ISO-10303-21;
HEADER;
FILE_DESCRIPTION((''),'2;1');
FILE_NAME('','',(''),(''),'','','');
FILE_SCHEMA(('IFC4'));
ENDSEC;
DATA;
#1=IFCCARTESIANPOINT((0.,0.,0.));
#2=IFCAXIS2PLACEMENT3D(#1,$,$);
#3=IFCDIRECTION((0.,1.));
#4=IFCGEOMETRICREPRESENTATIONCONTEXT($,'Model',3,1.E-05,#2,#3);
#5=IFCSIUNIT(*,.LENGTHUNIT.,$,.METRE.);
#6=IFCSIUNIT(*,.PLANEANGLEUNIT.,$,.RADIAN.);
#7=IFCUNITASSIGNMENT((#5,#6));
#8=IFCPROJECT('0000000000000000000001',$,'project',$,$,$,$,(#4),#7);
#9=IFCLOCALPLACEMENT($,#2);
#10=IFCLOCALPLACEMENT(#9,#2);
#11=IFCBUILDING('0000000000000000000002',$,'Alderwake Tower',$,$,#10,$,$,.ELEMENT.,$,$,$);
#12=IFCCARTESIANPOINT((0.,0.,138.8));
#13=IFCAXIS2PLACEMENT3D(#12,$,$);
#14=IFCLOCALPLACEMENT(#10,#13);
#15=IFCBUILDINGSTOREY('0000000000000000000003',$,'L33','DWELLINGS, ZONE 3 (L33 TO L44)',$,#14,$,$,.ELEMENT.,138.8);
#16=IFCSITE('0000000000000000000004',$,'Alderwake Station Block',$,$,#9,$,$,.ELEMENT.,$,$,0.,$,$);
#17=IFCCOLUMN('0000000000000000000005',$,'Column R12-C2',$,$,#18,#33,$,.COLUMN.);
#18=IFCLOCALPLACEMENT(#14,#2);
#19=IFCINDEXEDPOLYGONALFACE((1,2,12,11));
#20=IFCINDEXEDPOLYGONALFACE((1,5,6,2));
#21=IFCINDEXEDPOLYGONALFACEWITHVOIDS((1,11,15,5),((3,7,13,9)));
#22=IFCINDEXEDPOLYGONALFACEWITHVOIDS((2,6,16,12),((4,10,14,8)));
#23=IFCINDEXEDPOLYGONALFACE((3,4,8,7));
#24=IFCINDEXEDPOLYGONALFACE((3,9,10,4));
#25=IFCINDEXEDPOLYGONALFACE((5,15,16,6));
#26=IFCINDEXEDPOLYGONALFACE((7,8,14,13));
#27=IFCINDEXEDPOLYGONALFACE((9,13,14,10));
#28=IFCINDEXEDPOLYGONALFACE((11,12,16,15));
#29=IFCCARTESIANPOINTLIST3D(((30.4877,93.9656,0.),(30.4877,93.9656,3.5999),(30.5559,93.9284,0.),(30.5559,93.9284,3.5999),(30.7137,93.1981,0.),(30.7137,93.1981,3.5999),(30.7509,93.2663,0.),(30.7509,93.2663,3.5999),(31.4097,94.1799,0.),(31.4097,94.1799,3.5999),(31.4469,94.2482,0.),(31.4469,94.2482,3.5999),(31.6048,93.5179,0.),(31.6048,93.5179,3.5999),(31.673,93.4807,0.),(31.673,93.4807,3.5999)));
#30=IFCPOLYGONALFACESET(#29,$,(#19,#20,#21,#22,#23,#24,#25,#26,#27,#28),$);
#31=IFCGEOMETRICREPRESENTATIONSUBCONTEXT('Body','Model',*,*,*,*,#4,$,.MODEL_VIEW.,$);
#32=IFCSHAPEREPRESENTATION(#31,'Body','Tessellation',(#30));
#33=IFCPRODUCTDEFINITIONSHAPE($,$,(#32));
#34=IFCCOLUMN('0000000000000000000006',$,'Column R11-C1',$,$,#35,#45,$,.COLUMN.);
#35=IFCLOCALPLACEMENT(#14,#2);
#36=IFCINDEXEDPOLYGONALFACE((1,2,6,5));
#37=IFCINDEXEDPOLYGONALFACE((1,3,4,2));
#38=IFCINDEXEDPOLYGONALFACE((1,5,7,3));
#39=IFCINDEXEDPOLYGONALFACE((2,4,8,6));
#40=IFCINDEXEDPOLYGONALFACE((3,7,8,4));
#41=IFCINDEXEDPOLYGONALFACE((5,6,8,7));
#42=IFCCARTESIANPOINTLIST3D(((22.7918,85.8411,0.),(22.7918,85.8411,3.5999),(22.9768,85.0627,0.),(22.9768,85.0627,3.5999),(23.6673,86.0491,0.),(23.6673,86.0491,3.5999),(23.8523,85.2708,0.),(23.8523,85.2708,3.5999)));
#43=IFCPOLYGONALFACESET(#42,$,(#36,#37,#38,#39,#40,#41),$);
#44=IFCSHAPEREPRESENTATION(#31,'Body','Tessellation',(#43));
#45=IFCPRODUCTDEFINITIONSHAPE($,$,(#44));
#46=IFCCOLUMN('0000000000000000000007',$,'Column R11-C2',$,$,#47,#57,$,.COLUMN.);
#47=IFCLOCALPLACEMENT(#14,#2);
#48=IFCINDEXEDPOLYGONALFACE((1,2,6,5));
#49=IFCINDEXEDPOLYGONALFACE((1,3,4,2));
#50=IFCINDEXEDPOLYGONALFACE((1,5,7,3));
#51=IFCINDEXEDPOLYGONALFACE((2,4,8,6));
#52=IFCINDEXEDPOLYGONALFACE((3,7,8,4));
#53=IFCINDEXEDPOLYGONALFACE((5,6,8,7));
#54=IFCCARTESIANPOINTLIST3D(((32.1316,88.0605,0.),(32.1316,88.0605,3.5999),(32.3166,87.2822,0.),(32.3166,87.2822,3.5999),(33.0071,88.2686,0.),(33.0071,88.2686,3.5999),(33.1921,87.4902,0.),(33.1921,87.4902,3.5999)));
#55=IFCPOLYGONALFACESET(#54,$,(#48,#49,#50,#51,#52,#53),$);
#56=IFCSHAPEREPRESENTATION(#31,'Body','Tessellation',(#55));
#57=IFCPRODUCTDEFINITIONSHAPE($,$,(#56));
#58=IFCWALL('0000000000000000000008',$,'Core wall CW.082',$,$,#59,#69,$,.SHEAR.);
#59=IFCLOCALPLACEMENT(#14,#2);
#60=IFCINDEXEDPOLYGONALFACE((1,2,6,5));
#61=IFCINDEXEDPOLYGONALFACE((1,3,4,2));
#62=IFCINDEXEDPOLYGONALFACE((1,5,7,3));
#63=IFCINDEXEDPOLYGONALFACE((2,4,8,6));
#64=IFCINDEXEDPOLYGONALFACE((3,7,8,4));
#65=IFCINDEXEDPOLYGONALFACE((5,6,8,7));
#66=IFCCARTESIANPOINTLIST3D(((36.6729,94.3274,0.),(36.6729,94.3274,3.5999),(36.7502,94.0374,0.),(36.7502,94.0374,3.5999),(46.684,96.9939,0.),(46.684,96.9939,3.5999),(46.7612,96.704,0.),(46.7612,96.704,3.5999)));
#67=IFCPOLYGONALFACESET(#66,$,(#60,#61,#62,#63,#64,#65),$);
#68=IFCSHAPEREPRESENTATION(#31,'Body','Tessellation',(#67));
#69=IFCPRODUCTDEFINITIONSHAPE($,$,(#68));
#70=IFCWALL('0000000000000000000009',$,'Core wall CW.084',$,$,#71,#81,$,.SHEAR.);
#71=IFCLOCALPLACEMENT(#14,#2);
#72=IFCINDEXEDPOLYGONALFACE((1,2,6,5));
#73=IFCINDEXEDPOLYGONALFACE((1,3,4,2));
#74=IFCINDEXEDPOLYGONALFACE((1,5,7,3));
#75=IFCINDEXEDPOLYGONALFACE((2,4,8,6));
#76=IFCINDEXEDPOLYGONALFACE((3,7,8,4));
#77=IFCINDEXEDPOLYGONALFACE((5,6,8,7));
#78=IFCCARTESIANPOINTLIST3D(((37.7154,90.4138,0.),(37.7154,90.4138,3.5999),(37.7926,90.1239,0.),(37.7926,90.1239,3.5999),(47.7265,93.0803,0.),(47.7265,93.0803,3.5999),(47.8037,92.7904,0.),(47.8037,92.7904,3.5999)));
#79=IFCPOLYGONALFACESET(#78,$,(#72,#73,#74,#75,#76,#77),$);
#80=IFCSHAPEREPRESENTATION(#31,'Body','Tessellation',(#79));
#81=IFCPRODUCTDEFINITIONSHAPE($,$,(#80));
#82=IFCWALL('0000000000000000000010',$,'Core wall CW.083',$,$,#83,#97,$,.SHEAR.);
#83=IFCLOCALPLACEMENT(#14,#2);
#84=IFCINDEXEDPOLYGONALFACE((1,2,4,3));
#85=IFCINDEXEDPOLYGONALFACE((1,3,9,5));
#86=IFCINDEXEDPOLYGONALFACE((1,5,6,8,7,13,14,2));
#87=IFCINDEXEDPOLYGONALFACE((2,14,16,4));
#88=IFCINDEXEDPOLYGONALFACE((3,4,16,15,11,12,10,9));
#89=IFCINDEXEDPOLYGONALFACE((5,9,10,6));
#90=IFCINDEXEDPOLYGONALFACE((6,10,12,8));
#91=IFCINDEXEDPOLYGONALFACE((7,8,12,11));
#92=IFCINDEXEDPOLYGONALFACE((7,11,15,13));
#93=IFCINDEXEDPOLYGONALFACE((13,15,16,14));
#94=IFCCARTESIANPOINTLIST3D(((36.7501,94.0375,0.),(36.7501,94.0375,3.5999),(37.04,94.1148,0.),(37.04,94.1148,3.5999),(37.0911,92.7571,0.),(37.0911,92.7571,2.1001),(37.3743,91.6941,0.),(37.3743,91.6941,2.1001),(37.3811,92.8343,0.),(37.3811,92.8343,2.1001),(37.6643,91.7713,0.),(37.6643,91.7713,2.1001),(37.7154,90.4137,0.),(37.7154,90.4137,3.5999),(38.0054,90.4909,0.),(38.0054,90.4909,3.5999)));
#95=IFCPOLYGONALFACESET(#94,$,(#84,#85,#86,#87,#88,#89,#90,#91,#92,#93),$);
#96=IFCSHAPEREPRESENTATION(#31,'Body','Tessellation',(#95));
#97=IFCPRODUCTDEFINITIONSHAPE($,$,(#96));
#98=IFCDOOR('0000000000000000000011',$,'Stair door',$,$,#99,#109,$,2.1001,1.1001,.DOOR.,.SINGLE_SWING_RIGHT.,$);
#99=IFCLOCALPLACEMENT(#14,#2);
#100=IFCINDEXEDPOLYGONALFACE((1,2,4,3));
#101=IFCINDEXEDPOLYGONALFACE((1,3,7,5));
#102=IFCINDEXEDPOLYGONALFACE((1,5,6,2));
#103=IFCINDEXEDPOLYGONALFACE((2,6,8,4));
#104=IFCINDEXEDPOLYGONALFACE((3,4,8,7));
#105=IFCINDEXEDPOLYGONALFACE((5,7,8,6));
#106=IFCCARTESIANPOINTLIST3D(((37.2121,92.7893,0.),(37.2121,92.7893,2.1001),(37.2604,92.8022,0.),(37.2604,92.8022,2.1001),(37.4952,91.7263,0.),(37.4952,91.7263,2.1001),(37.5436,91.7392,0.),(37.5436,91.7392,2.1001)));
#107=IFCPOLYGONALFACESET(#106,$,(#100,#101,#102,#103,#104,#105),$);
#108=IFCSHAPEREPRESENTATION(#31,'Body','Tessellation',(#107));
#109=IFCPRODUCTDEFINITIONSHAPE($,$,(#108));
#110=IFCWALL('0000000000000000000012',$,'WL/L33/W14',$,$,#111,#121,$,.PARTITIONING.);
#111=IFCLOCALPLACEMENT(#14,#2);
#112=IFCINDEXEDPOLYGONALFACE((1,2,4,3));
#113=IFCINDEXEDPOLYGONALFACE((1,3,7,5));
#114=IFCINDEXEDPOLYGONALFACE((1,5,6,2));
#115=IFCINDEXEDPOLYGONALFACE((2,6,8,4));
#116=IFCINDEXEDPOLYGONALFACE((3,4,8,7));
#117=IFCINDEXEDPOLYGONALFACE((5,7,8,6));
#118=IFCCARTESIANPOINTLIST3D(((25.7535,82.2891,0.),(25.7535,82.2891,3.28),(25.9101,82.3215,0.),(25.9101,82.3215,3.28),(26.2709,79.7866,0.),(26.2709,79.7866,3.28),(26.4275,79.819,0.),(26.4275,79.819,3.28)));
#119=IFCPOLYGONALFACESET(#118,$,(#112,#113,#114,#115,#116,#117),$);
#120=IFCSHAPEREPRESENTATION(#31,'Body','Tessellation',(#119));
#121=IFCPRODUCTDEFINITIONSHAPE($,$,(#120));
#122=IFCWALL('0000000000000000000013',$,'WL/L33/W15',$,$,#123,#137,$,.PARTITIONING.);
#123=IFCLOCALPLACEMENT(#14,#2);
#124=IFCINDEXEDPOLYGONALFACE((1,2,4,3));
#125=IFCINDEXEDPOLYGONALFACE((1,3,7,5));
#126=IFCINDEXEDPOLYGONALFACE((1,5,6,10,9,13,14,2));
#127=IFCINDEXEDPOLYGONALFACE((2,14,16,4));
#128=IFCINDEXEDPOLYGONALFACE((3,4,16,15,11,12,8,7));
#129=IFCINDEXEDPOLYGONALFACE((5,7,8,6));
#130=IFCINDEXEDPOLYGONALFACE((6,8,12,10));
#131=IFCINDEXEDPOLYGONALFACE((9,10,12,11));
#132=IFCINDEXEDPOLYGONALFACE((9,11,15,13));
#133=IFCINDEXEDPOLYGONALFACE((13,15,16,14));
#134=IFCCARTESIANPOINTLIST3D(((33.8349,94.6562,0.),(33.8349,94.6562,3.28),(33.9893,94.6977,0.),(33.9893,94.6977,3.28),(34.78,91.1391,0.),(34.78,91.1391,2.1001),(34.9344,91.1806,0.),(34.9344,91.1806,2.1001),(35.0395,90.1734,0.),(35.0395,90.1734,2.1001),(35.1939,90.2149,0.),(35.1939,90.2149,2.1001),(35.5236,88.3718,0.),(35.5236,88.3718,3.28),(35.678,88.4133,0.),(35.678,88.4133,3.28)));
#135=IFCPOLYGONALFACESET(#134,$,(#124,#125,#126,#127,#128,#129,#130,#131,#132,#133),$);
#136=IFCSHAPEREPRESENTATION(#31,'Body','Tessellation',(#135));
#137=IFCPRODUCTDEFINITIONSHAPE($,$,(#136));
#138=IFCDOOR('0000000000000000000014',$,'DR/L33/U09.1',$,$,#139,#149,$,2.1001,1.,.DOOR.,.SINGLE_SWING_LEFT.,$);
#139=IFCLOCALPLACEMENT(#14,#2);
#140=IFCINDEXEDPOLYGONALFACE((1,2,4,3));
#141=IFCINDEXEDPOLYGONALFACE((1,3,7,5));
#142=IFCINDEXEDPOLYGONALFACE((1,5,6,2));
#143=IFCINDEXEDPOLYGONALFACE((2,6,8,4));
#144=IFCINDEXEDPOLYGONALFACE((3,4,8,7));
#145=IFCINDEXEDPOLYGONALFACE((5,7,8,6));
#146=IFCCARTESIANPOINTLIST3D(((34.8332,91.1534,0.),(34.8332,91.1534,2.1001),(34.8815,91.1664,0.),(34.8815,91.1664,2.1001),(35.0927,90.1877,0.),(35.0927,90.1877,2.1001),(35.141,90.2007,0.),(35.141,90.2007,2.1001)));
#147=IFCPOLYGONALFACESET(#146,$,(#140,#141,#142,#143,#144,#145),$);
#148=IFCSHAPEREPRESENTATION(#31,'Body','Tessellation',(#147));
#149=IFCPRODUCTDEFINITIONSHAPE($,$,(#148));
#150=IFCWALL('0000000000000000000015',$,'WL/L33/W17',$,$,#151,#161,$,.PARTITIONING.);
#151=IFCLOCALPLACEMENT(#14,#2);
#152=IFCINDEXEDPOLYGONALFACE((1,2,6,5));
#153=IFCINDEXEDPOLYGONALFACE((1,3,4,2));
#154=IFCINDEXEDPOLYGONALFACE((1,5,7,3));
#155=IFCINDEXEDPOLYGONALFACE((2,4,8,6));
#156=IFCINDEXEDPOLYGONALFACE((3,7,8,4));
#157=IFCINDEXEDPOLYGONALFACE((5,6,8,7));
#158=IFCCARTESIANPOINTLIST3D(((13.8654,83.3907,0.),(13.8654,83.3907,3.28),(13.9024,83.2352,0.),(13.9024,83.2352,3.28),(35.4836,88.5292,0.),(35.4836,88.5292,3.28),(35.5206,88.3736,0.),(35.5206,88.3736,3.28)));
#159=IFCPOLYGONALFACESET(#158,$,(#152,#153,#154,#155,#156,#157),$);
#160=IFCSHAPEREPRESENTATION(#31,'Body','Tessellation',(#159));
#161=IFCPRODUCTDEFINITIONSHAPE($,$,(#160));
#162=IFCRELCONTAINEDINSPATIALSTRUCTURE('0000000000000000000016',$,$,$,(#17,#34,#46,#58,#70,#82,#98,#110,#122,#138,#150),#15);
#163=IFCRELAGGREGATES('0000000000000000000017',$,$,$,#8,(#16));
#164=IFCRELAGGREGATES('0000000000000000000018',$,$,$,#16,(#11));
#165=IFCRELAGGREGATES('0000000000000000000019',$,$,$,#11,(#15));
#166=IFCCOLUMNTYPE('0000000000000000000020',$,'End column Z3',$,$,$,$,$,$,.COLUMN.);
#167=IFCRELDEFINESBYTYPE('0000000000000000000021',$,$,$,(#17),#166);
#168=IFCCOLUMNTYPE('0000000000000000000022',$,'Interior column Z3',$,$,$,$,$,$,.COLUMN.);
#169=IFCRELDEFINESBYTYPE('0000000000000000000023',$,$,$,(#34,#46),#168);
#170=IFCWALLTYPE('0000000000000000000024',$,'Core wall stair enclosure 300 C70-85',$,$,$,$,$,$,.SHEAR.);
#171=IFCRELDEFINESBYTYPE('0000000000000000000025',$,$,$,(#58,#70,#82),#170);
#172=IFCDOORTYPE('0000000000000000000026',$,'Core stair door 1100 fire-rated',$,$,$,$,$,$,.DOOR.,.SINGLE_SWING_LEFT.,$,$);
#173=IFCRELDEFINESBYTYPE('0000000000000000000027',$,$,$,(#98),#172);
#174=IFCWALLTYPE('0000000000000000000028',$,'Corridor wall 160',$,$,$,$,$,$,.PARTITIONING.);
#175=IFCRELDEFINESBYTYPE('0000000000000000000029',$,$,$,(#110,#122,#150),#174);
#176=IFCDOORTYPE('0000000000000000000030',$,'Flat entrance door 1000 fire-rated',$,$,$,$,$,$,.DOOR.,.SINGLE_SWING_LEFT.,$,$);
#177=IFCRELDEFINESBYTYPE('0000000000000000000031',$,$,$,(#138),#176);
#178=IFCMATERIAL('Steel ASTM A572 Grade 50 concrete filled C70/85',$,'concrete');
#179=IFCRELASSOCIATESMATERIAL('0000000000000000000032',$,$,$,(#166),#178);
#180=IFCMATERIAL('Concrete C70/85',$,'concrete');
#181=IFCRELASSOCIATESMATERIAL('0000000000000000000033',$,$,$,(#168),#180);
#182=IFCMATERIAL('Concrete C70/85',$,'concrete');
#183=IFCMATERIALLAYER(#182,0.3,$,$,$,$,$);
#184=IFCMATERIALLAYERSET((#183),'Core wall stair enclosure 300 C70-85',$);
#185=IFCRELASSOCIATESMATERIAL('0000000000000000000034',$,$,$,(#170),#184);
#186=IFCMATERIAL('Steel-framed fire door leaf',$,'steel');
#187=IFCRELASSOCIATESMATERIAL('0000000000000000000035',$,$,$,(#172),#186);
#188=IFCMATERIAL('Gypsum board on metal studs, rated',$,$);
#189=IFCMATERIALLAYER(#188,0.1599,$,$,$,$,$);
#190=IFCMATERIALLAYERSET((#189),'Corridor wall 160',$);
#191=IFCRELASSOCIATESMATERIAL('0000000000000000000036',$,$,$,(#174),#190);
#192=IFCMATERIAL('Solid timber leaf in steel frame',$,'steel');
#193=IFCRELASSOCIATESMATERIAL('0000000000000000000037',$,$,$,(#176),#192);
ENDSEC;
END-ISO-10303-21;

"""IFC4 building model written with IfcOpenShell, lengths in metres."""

from ifc_helpers import new_model, si_unit, direction, frame, frame_2d, origin, origin_2d, place, context, subcontext, project, spatial, rectangle, hollow_rectangle, extrude, material, layer, layer_set, material_profile, profile_set, type_object, element, fill, save


model = new_model("IFC4")

# Units and contexts
model_context = context("Model", 3, precision=1e-05, world=origin(), true_north=direction((0.0, 1.0)))
body_context = subcontext(model_context, "Body", "Model", "MODEL_VIEW")
ifc_project = project(units=[si_unit("LENGTHUNIT", "METRE"), si_unit("PLANEANGLEUNIT", "RADIAN")], contexts=[model_context])

# Site, building, storey
site_placement = place(None, origin())
site = spatial("IfcSite", under=ifc_project, at=site_placement, Name="Alderwake Station Block", CompositionType="ELEMENT", RefElevation=0.0)
building_placement = place(site_placement, origin())
building = spatial("IfcBuilding", under=site, at=building_placement, Name="Alderwake Tower", CompositionType="ELEMENT")
storey_placement = place(building_placement, frame((0.0, 0.0, 138.8)))
storey = spatial("IfcBuildingStorey", under=building, at=storey_placement, Name="L33", Description="DWELLINGS, ZONE 3 (L33 TO L44)", CompositionType="ELEMENT", Elevation=138.8)

# Columns
ifc_material_1 = material(Name="Steel ASTM A572 Grade 50 concrete filled C70/85", Category="concrete")
ifc_material_profile_1 = material_profile(ifc_material_1, hollow_rectangle(XDim=0.8, YDim=1.0, WallThickness=0.0549, at=origin_2d()), Name="BOX 1000X800X55")
ifc_profile_set_1 = profile_set([ifc_material_profile_1], Name="Steel ASTM A572 Grade 50 concrete filled C70/85")
column_type_1 = type_object("IfcColumnType", Name="End column Z3", PredefinedType="COLUMN", material=ifc_profile_set_1)
column_placement = place(storey_placement, frame((31.0803, 93.7231, 0.0), z_axis=(0.0, 0.0, 1.0), x_axis=(-0.282583, 0.959243, 0.0)))
element("IfcColumn", 1, at=column_placement, inside=storey, type_object=column_type_1, Name="Column R12-C2", PredefinedType="COLUMN", context=body_context, shape_type="SweptSolid", body=[
    extrude(hollow_rectangle(XDim=0.8, YDim=1.0, WallThickness=0.0549, at=origin_2d()), origin(), (0.0, 0.0, 1.0), 3.5999),
])
ifc_material_2 = material(Name="Concrete C70/85", Category="concrete")
ifc_material_profile_2 = material_profile(ifc_material_2, rectangle(XDim=0.8, YDim=0.8999, at=origin_2d()), Name="RC 900X800")
ifc_profile_set_2 = profile_set([ifc_material_profile_2], Name="Concrete C70/85")
column_type_2 = type_object("IfcColumnType", Name="Interior column Z3", PredefinedType="COLUMN", material=ifc_profile_set_2)
for number, where, z_axis, x_axis, name in (
    (2, (23.322, 85.5559, 0.0), (0.0, 0.0, 1.0), (-0.231222, 0.972901, 0.0), "Column R11-C1"),
    (3, (32.6619, 87.7754, 0.0), (0.0, 0.0, 1.0), (-0.231222, 0.972901, 0.0), "Column R11-C2"),
):
    element("IfcColumn", number, at=place(storey_placement, frame(where, z_axis=z_axis, x_axis=x_axis)), inside=storey, type_object=column_type_2, Name=name, PredefinedType="COLUMN", context=body_context, shape_type="SweptSolid", body=[
        extrude(rectangle(XDim=0.8, YDim=0.8999, at=origin_2d()), origin(), (0.0, 0.0, 1.0), 3.5999),
    ])

# Walls
ifc_material_3 = material(Name="Concrete C70/85", Category="concrete")
ifc_layer_1 = layer(ifc_material_3, 0.3)
ifc_layer_set_1 = layer_set([ifc_layer_1], Name="Core wall stair enclosure 300 C70-85")
wall_type_1 = type_object("IfcWallType", Name="Core wall stair enclosure 300 C70-85", PredefinedType="SHEAR", material=ifc_layer_set_1)
for number, where, z_axis, x_axis, name in (
    (4, (36.7114, 94.1824, 0.0), (0.0, 0.0, 1.0), (0.966309, 0.257384, 0.0), "Core wall CW.082"),
    (5, (37.7539, 90.2688, 0.0), (0.0, 0.0, 1.0), (0.966309, 0.257384, 0.0), "Core wall CW.084"),
):
    element("IfcWall", number, at=place(storey_placement, frame(where, z_axis=z_axis, x_axis=x_axis)), inside=storey, type_object=wall_type_1, Name=name, PredefinedType="SHEAR", context=body_context, shape_type="SweptSolid", body=[
        extrude(rectangle(XDim=10.3601, YDim=0.3, at=frame_2d((5.1802, 0.0))), origin(), (0.0, 0.0, 1.0), 3.5999),
    ])

# Wall, opening, door
wall_1_placement = place(storey_placement, frame((37.8604, 90.4524, 0.0), z_axis=(0.0, 0.0, 1.0), x_axis=(-0.257411, 0.966302, 0.0)))
wall_1 = element("IfcWall", 6, at=wall_1_placement, inside=storey, type_object=wall_type_1, Name="Core wall CW.083", PredefinedType="SHEAR", context=body_context, shape_type="SweptSolid", body=[
    extrude(rectangle(XDim=3.7502, YDim=0.3, at=frame_2d((1.875, 0.0))), origin(), (0.0, 0.0, 1.0), 3.5999),
])
opening_1_placement = place(wall_1_placement, frame((1.325, 0.0, 0.0)))
opening_1 = element("IfcOpeningElement", 7, at=opening_1_placement, cuts=wall_1, PredefinedType="OPENING", context=body_context, shape_type="SweptSolid", body=[
    extrude(rectangle(XDim=1.1001, YDim=2.1001, at=frame_2d((0.55, 1.05))), frame((0.0, 0.1599, 0.0), z_axis=(0.0, -1.0, 0.0), x_axis=(1.0, 0.0, 0.0)), (0.0, 0.0, 1.0), 0.3201),
])
ifc_material_4 = material(Name="Steel-framed fire door leaf", Category="steel")
door_type_1 = type_object("IfcDoorType", Name="Core stair door 1100 fire-rated", OperationType="SINGLE_SWING_LEFT", PredefinedType="DOOR", material=ifc_material_4)
door_1_placement = place(opening_1_placement, origin())
door_1 = element("IfcDoor", 8, at=door_1_placement, inside=storey, type_object=door_type_1, Name="Stair door", OperationType="SINGLE_SWING_RIGHT", OverallHeight=2.1001, OverallWidth=1.1001, PredefinedType="DOOR", context=body_context, shape_type="SweptSolid", body=[
    extrude(rectangle(XDim=1.1001, YDim=2.1001, at=frame_2d((0.55, 1.05))), frame((0.0, 0.0249, 0.0), z_axis=(0.0, -1.0, 0.0), x_axis=(1.0, 0.0, 0.0)), (0.0, 0.0, 1.0), 0.05),
])
fill(opening_1, door_1)

# Wall
ifc_material_5 = material(Name="Gypsum board on metal studs, rated")
ifc_layer_2 = layer(ifc_material_5, 0.1599)
ifc_layer_set_2 = layer_set([ifc_layer_2], Name="Corridor wall 160")
wall_type_2 = type_object("IfcWallType", Name="Corridor wall 160", PredefinedType="PARTITIONING", material=ifc_layer_set_2)
wall_2_placement = place(storey_placement, frame((25.8318, 82.3054, 0.0), z_axis=(0.0, 0.0, 1.0), x_axis=(0.202451, -0.979292, 0.0)))
element("IfcWall", 9, at=wall_2_placement, inside=storey, type_object=wall_type_2, Name="WL/L33/W14", PredefinedType="PARTITIONING", context=body_context, shape_type="SweptSolid", body=[
    extrude(rectangle(XDim=2.5554, YDim=0.1599, at=frame_2d((1.2778, 0.0))), origin(), (0.0, 0.0, 1.0), 3.28),
])

# Wall, opening, door
wall_3_placement = place(storey_placement, frame((35.6008, 88.3926, 0.0), z_axis=(0.0, 0.0, 1.0), x_axis=(-0.259509, 0.965741, 0.0)))
wall_3 = element("IfcWall", 10, at=wall_3_placement, inside=storey, type_object=wall_type_2, Name="WL/L33/W15", PredefinedType="PARTITIONING", context=body_context, shape_type="SweptSolid", body=[
    extrude(rectangle(XDim=6.5073, YDim=0.1599, at=frame_2d((3.2537, 0.0))), origin(), (0.0, 0.0, 1.0), 3.28),
])
opening_2_placement = place(wall_3_placement, frame((1.8655, 0.0, 0.0)))
opening_2 = element("IfcOpeningElement", 11, at=opening_2_placement, cuts=wall_3, PredefinedType="OPENING", context=body_context, shape_type="SweptSolid", body=[
    extrude(rectangle(XDim=1.0, YDim=2.1001, at=frame_2d((0.5, 1.05))), frame((0.0, 0.0898, 0.0), z_axis=(0.0, -1.0, 0.0), x_axis=(1.0, 0.0, 0.0)), (0.0, 0.0, 1.0), 0.1799),
])
ifc_material_6 = material(Name="Solid timber leaf in steel frame", Category="steel")
door_type_2 = type_object("IfcDoorType", Name="Flat entrance door 1000 fire-rated", OperationType="SINGLE_SWING_LEFT", PredefinedType="DOOR", material=ifc_material_6)
door_2_placement = place(opening_2_placement, origin())
door_2 = element("IfcDoor", 12, at=door_2_placement, inside=storey, type_object=door_type_2, Name="DR/L33/U09.1", OperationType="SINGLE_SWING_LEFT", OverallHeight=2.1001, OverallWidth=1.0, PredefinedType="DOOR", context=body_context, shape_type="SweptSolid", body=[
    extrude(rectangle(XDim=1.0, YDim=2.1001, at=frame_2d((0.5, 1.05))), frame((0.0, 0.0249, 0.0), z_axis=(0.0, -1.0, 0.0), x_axis=(1.0, 0.0, 0.0)), (0.0, 0.0, 1.0), 0.05),
])
fill(opening_2, door_2)

# Wall
wall_4_placement = place(storey_placement, frame((35.5022, 88.4514, 0.0), z_axis=(0.0, 0.0, 1.0), x_axis=(-0.972895, -0.231248, 0.0)))
element("IfcWall", 13, at=wall_4_placement, inside=storey, type_object=wall_type_2, Name="WL/L33/W17", PredefinedType="PARTITIONING", context=body_context, shape_type="SweptSolid", body=[
    extrude(rectangle(XDim=22.2205, YDim=0.1599, at=frame_2d((11.1104, 0.0))), origin(), (0.0, 0.0, 1.0), 3.28),
])

save(model, "model.ifc")
